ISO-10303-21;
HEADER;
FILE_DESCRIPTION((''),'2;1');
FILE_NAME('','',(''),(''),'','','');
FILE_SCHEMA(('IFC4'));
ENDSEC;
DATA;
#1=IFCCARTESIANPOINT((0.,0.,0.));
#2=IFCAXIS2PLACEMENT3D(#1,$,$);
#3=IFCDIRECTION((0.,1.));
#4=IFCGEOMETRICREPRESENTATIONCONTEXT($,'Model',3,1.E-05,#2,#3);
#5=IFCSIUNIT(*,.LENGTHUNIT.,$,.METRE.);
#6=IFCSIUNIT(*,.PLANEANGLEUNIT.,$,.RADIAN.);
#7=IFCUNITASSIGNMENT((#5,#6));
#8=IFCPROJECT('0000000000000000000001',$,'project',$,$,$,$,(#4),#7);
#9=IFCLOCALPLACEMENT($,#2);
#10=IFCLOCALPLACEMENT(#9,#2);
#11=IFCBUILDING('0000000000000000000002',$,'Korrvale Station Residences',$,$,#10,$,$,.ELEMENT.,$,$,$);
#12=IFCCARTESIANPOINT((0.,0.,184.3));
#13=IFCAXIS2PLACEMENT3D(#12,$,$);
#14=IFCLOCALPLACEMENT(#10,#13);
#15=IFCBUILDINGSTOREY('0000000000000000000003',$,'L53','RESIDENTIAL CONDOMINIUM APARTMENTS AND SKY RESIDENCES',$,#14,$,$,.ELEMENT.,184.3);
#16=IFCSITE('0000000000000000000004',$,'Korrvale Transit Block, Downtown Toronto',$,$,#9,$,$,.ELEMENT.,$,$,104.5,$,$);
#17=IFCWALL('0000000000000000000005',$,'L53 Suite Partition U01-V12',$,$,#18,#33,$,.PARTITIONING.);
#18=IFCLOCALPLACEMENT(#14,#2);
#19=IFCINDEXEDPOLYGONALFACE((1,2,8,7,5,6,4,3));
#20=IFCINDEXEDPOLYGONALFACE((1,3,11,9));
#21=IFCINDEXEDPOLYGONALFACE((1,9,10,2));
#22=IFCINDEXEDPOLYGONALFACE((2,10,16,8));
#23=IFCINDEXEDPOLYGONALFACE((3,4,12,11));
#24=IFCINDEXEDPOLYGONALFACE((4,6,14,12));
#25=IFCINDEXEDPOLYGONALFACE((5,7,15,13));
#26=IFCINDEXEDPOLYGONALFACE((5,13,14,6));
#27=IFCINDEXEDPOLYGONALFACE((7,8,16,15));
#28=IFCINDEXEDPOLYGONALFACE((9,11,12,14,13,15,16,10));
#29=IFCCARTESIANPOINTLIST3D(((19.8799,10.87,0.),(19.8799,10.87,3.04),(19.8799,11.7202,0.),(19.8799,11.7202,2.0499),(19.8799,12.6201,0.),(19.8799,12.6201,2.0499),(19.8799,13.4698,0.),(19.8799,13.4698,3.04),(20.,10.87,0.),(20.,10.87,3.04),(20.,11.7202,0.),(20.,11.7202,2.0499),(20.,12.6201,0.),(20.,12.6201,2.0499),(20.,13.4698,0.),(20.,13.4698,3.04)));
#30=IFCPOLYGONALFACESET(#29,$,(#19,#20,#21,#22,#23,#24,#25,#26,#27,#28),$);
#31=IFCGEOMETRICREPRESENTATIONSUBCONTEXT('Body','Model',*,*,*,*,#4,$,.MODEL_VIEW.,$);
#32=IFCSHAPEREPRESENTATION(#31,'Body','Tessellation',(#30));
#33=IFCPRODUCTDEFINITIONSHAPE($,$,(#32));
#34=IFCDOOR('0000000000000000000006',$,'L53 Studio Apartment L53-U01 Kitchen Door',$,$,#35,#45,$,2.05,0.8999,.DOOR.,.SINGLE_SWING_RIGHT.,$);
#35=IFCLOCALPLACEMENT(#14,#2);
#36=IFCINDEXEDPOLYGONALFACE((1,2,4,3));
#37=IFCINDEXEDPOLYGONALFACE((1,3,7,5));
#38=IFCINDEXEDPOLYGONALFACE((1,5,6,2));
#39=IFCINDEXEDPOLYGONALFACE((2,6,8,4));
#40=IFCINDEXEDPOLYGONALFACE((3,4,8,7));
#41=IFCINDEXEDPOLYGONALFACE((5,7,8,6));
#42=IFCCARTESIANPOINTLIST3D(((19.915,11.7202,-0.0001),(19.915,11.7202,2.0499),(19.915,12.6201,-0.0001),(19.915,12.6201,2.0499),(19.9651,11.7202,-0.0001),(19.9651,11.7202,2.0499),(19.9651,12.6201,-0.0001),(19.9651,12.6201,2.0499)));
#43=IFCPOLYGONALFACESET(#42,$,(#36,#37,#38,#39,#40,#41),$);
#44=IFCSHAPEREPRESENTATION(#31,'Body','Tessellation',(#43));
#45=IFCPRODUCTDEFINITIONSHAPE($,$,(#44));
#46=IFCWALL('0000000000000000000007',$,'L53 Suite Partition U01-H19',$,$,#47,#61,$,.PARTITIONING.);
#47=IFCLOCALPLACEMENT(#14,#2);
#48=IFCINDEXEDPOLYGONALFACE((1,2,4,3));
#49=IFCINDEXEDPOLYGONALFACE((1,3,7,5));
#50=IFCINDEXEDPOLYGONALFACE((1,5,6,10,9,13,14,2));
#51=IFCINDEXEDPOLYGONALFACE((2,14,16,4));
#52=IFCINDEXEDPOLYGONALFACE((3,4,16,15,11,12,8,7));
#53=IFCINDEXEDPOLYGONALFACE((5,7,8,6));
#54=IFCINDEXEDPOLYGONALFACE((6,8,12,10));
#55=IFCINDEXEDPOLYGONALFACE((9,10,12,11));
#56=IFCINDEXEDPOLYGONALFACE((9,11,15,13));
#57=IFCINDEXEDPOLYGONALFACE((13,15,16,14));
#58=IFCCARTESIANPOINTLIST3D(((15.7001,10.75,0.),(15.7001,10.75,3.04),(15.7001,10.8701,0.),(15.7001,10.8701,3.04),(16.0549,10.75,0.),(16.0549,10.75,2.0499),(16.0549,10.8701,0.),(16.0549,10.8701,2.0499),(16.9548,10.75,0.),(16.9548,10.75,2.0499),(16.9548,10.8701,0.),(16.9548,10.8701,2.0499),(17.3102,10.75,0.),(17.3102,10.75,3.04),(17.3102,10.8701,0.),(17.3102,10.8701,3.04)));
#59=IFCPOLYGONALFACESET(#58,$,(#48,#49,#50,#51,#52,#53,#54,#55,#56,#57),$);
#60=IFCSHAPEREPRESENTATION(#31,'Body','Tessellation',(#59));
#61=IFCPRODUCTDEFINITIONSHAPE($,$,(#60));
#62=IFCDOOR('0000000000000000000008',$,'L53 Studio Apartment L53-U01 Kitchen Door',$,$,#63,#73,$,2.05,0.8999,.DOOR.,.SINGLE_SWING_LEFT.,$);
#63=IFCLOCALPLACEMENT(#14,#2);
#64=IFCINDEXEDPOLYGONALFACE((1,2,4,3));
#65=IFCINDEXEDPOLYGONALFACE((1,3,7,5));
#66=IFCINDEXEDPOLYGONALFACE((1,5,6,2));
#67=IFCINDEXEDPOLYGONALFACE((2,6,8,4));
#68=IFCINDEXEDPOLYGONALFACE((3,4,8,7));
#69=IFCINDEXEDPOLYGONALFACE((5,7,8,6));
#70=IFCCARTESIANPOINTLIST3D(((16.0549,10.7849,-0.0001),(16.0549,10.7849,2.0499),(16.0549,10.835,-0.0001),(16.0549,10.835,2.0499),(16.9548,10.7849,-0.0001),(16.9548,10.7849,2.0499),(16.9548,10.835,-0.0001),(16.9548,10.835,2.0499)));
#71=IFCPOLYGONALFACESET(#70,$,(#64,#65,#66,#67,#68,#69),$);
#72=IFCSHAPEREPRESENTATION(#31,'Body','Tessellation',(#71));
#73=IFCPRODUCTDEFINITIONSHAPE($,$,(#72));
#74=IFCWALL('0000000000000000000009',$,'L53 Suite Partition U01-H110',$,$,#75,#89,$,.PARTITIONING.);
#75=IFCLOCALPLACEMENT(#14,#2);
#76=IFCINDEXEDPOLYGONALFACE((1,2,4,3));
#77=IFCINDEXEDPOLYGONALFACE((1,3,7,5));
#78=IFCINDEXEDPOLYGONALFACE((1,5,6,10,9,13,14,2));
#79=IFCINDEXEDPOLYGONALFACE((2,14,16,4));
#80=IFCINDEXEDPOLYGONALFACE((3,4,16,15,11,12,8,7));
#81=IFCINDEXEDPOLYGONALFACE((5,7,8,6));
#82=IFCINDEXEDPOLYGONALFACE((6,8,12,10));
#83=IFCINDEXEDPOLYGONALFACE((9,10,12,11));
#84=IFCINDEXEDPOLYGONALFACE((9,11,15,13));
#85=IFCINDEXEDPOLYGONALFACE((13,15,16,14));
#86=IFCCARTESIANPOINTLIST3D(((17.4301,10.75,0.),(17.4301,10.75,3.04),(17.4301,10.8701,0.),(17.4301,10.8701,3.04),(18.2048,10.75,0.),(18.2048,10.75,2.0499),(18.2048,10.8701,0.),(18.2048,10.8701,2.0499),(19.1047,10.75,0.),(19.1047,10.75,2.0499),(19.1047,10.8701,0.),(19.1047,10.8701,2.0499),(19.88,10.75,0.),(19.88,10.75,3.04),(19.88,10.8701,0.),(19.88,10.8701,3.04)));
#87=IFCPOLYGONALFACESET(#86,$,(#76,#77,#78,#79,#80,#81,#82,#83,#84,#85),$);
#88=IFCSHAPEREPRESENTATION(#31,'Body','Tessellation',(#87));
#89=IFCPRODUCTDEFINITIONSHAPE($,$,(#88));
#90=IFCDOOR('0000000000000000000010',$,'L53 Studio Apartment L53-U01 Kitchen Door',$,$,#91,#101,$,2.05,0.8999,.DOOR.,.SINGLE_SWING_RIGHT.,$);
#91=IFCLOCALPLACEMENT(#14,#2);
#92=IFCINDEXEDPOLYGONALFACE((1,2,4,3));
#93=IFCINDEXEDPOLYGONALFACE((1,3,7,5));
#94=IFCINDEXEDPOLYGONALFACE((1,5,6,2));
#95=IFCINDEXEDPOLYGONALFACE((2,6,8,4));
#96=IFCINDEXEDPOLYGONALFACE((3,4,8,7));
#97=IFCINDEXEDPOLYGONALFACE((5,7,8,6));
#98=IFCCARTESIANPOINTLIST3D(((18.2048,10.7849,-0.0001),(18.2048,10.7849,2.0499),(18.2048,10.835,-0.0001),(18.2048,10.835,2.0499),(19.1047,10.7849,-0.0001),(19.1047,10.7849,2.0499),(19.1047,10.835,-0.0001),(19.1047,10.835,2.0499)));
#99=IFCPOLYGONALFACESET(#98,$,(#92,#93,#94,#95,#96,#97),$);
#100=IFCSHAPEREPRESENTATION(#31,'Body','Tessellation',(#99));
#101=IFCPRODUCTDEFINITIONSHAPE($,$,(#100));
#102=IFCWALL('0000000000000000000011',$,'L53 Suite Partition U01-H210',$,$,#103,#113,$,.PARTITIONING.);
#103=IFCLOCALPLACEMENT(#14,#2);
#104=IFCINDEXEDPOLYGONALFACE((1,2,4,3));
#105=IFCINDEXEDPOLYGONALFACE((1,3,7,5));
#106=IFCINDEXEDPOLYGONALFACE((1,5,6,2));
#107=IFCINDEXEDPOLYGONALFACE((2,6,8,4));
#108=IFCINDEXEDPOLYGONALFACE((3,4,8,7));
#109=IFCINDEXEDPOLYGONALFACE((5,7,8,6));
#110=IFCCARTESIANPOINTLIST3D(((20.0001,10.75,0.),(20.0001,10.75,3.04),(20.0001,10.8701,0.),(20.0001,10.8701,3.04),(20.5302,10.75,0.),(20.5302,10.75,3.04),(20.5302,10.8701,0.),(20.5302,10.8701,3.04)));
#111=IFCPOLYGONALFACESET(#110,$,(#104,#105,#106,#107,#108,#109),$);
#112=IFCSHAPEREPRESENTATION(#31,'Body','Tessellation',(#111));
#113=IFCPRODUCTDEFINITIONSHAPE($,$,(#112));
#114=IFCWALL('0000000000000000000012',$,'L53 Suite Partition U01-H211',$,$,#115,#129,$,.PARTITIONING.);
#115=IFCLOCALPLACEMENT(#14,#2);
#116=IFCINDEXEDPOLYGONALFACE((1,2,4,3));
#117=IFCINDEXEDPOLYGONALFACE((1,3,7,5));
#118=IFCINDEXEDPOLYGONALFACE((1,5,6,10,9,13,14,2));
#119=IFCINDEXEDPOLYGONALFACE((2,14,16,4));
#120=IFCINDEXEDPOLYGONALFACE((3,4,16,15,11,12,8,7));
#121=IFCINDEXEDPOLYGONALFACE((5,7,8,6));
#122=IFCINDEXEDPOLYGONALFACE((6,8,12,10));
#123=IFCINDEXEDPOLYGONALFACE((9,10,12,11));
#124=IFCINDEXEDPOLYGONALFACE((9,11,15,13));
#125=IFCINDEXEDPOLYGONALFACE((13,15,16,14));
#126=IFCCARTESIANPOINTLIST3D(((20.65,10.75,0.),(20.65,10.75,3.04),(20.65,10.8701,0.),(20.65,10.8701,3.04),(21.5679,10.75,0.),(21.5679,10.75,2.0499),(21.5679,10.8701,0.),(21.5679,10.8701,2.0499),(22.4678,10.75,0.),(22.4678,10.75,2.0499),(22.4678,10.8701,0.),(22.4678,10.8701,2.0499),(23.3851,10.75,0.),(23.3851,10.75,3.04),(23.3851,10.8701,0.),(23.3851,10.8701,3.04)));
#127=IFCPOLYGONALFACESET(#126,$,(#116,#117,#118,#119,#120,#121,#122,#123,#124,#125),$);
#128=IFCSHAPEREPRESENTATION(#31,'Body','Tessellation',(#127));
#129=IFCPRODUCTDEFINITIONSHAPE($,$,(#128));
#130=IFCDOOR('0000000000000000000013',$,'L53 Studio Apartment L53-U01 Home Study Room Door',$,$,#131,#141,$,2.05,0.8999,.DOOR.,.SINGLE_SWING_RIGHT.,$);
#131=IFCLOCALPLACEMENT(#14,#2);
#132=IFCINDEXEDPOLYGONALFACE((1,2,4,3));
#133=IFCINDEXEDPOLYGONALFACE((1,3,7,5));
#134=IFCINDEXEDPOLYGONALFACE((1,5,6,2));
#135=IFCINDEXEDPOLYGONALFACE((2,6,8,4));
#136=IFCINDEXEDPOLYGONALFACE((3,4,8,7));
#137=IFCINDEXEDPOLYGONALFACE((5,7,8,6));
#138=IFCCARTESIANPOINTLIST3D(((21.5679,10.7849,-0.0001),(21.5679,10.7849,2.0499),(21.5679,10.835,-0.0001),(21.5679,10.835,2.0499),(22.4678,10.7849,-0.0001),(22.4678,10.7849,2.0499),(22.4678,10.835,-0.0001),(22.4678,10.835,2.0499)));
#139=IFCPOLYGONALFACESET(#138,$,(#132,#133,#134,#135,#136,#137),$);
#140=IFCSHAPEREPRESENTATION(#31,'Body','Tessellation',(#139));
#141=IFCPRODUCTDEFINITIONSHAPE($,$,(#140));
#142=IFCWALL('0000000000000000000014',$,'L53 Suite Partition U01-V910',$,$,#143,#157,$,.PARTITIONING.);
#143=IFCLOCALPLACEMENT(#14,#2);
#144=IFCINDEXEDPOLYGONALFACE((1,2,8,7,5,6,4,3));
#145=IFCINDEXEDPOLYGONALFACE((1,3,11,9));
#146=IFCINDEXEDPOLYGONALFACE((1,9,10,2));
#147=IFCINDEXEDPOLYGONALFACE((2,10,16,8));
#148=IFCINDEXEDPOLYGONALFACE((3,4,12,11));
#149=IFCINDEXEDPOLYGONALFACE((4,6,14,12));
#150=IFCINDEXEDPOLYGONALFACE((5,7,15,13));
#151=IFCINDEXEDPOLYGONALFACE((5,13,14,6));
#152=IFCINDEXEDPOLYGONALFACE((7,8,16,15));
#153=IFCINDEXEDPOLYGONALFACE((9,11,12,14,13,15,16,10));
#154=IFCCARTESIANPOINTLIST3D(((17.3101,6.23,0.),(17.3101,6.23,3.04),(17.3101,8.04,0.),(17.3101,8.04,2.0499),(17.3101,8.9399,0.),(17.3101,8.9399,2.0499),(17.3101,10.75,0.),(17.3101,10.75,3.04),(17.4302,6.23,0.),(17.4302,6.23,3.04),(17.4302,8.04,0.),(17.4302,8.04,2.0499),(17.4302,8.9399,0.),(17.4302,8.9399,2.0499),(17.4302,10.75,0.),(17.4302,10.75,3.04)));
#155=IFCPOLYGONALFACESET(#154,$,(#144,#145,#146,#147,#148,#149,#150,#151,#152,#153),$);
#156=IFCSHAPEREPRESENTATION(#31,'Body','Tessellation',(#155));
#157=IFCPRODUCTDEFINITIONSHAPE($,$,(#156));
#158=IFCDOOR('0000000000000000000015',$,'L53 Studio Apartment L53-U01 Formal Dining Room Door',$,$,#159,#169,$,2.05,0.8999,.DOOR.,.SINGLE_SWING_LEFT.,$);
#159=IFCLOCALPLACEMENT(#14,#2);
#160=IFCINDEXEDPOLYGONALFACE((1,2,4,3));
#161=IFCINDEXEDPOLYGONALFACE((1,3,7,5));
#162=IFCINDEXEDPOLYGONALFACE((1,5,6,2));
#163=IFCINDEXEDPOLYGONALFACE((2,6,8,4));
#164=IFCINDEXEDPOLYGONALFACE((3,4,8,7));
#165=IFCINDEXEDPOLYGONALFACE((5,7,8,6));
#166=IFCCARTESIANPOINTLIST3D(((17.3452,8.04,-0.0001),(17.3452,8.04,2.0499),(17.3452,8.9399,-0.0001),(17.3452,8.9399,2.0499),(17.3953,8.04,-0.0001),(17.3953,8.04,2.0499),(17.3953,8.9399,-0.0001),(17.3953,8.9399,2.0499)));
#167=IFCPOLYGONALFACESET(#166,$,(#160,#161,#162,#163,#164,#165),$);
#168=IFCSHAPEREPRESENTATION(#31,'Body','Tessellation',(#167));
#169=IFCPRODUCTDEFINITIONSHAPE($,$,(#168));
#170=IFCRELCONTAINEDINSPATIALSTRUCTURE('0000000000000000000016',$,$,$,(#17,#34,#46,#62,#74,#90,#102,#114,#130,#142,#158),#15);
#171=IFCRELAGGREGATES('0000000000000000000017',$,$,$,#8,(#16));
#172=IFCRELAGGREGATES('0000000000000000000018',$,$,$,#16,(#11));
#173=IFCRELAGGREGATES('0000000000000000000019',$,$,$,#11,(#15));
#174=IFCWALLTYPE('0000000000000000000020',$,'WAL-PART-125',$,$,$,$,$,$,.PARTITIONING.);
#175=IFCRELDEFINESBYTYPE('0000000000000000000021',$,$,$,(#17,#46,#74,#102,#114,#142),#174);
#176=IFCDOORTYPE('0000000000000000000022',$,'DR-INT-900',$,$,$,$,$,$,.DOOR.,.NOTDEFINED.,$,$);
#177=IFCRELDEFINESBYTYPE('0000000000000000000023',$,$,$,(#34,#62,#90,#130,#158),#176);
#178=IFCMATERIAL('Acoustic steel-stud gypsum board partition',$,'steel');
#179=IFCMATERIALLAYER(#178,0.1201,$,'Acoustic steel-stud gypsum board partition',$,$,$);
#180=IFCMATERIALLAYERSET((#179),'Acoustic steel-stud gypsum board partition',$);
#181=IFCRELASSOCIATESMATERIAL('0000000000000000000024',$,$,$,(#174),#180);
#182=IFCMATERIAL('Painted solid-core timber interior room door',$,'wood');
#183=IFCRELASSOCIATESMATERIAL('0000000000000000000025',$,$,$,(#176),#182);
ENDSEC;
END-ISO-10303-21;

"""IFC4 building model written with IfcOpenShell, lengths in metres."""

from ifc_helpers import new_model, si_unit, direction, frame, frame_2d, origin, place, context, subcontext, project, spatial, rectangle, extrude, material, layer, layer_set, type_object, element, fill, save


model = new_model("IFC4")

# Units and contexts
model_context = context("Model", 3, precision=1e-05, world=origin(), true_north=direction((0.0, 1.0)))
body_context = subcontext(model_context, "Body", "Model", "MODEL_VIEW")
ifc_project = project(units=[si_unit("LENGTHUNIT", "METRE"), si_unit("PLANEANGLEUNIT", "RADIAN")], contexts=[model_context])

# Site, building, storey
site_placement = place(None, origin())
site = spatial("IfcSite", under=ifc_project, at=site_placement, Name="Korrvale Transit Block, Downtown Toronto", CompositionType="ELEMENT", RefElevation=104.5)
building_placement = place(site_placement, origin())
building = spatial("IfcBuilding", under=site, at=building_placement, Name="Korrvale Station Residences", CompositionType="ELEMENT")
storey_placement = place(building_placement, frame((0.0, 0.0, 184.3)))
storey = spatial("IfcBuildingStorey", under=building, at=storey_placement, Name="L53", Description="RESIDENTIAL CONDOMINIUM APARTMENTS AND SKY RESIDENCES", CompositionType="ELEMENT", Elevation=184.3)

# Shared definitions
ifc_material_1 = material(Name="Acoustic steel-stud gypsum board partition", Category="steel")
ifc_layer_1 = layer(ifc_material_1, 0.1201, Name="Acoustic steel-stud gypsum board partition")
ifc_layer_set_1 = layer_set([ifc_layer_1], Name="Acoustic steel-stud gypsum board partition")
wall_type_1 = type_object("IfcWallType", Name="WAL-PART-125", PredefinedType="PARTITIONING", material=ifc_layer_set_1)

# Walls, openings, doors
wall_1_placement = place(storey_placement, frame((19.9399, 10.8701, 0.0), z_axis=(0.0, 0.0, 1.0), x_axis=(0.0, 1.0, 0.0)))
wall_1 = element("IfcWall", 1, at=wall_1_placement, inside=storey, type_object=wall_type_1, Name="L53 Suite Partition U01-V12", PredefinedType="PARTITIONING", context=body_context, shape_type="SweptSolid", body=[
    extrude(rectangle(XDim=2.5999, YDim=0.1201, at=frame_2d((1.2998, 0.0))), origin(), (0.0, 0.0, 1.0), 3.04),
])
opening_1_placement = place(wall_1_placement, frame((0.8501, 0.0, 0.0)))
opening_1 = element("IfcOpeningElement", 2, at=opening_1_placement, cuts=wall_1, PredefinedType="OPENING", context=body_context, shape_type="SweptSolid", body=[
    extrude(rectangle(XDim=0.8999, YDim=2.05, at=frame_2d((0.45, 1.0249))), frame((0.0, 0.0701, 0.0), z_axis=(0.0, -1.0, 0.0), x_axis=(1.0, 0.0, 0.0)), (0.0, 0.0, 1.0), 0.1401),
])
ifc_material_2 = material(Name="Painted solid-core timber interior room door", Category="wood")
door_type_1 = type_object("IfcDoorType", Name="DR-INT-900", OperationType="NOTDEFINED", PredefinedType="DOOR", material=ifc_material_2)
door_1_placement = place(opening_1_placement, origin())
door_1 = element("IfcDoor", 3, at=door_1_placement, inside=storey, type_object=door_type_1, Name="L53 Studio Apartment L53-U01 Kitchen Door", OperationType="SINGLE_SWING_RIGHT", OverallHeight=2.05, OverallWidth=0.8999, PredefinedType="DOOR", context=body_context, shape_type="SweptSolid", body=[
    extrude(rectangle(XDim=0.8999, YDim=2.05, at=frame_2d((0.45, 1.0249))), frame((0.0, 0.0249, 0.0), z_axis=(0.0, -1.0, 0.0), x_axis=(1.0, 0.0, 0.0)), (0.0, 0.0, 1.0), 0.05),
])
fill(opening_1, door_1)
wall_2_placement = place(storey_placement, frame((15.7, 10.8101, 0.0), z_axis=(0.0, 0.0, 1.0), x_axis=(1.0, 0.0, 0.0)))
wall_2 = element("IfcWall", 4, at=wall_2_placement, inside=storey, type_object=wall_type_1, Name="L53 Suite Partition U01-H19", PredefinedType="PARTITIONING", context=body_context, shape_type="SweptSolid", body=[
    extrude(rectangle(XDim=1.6101, YDim=0.1201, at=frame_2d((0.8052, 0.0))), origin(), (0.0, 0.0, 1.0), 3.04),
])
opening_2_placement = place(wall_2_placement, frame((0.355, 0.0, 0.0)))
opening_2 = element("IfcOpeningElement", 5, at=opening_2_placement, cuts=wall_2, PredefinedType="OPENING", context=body_context, shape_type="SweptSolid", body=[
    extrude(rectangle(XDim=0.8999, YDim=2.05, at=frame_2d((0.45, 1.0249))), frame((0.0, 0.0701, 0.0), z_axis=(0.0, -1.0, 0.0), x_axis=(1.0, 0.0, 0.0)), (0.0, 0.0, 1.0), 0.1401),
])
door_2_placement = place(opening_2_placement, origin())
door_2 = element("IfcDoor", 6, at=door_2_placement, inside=storey, type_object=door_type_1, Name="L53 Studio Apartment L53-U01 Kitchen Door", OperationType="SINGLE_SWING_LEFT", OverallHeight=2.05, OverallWidth=0.8999, PredefinedType="DOOR", context=body_context, shape_type="SweptSolid", body=[
    extrude(rectangle(XDim=0.8999, YDim=2.05, at=frame_2d((0.45, 1.0249))), frame((0.0, 0.0249, 0.0), z_axis=(0.0, -1.0, 0.0), x_axis=(1.0, 0.0, 0.0)), (0.0, 0.0, 1.0), 0.05),
])
fill(opening_2, door_2)
wall_3_placement = place(storey_placement, frame((17.4299, 10.8101, 0.0), z_axis=(0.0, 0.0, 1.0), x_axis=(1.0, 0.0, 0.0)))
wall_3 = element("IfcWall", 7, at=wall_3_placement, inside=storey, type_object=wall_type_1, Name="L53 Suite Partition U01-H110", PredefinedType="PARTITIONING", context=body_context, shape_type="SweptSolid", body=[
    extrude(rectangle(XDim=2.45, YDim=0.1201, at=frame_2d((1.2251, 0.0))), origin(), (0.0, 0.0, 1.0), 3.04),
])
opening_3_placement = place(wall_3_placement, frame((0.7749, 0.0, 0.0)))
opening_3 = element("IfcOpeningElement", 8, at=opening_3_placement, cuts=wall_3, PredefinedType="OPENING", context=body_context, shape_type="SweptSolid", body=[
    extrude(rectangle(XDim=0.8999, YDim=2.05, at=frame_2d((0.45, 1.0249))), frame((0.0, 0.0701, 0.0), z_axis=(0.0, -1.0, 0.0), x_axis=(1.0, 0.0, 0.0)), (0.0, 0.0, 1.0), 0.1401),
])
door_3_placement = place(opening_3_placement, origin())
door_3 = element("IfcDoor", 9, at=door_3_placement, inside=storey, type_object=door_type_1, Name="L53 Studio Apartment L53-U01 Kitchen Door", OperationType="SINGLE_SWING_RIGHT", OverallHeight=2.05, OverallWidth=0.8999, PredefinedType="DOOR", context=body_context, shape_type="SweptSolid", body=[
    extrude(rectangle(XDim=0.8999, YDim=2.05, at=frame_2d((0.45, 1.0249))), frame((0.0, 0.0249, 0.0), z_axis=(0.0, -1.0, 0.0), x_axis=(1.0, 0.0, 0.0)), (0.0, 0.0, 1.0), 0.05),
])
fill(opening_3, door_3)

# Wall
wall_4_placement = place(storey_placement, frame((20.0, 10.8101, 0.0), z_axis=(0.0, 0.0, 1.0), x_axis=(1.0, 0.0, 0.0)))
element("IfcWall", 10, at=wall_4_placement, inside=storey, type_object=wall_type_1, Name="L53 Suite Partition U01-H210", PredefinedType="PARTITIONING", context=body_context, shape_type="SweptSolid", body=[
    extrude(rectangle(XDim=0.53, YDim=0.1201, at=frame_2d((0.2651, 0.0))), origin(), (0.0, 0.0, 1.0), 3.04),
])

# Walls, openings, doors
wall_5_placement = place(storey_placement, frame((20.6499, 10.8101, 0.0), z_axis=(0.0, 0.0, 1.0), x_axis=(1.0, 0.0, 0.0)))
wall_5 = element("IfcWall", 11, at=wall_5_placement, inside=storey, type_object=wall_type_1, Name="L53 Suite Partition U01-H211", PredefinedType="PARTITIONING", context=body_context, shape_type="SweptSolid", body=[
    extrude(rectangle(XDim=2.7351, YDim=0.1201, at=frame_2d((1.3677, 0.0))), origin(), (0.0, 0.0, 1.0), 3.04),
])
opening_4_placement = place(wall_5_placement, frame((0.918, 0.0, 0.0)))
opening_4 = element("IfcOpeningElement", 12, at=opening_4_placement, cuts=wall_5, PredefinedType="OPENING", context=body_context, shape_type="SweptSolid", body=[
    extrude(rectangle(XDim=0.8999, YDim=2.05, at=frame_2d((0.45, 1.0249))), frame((0.0, 0.0701, 0.0), z_axis=(0.0, -1.0, 0.0), x_axis=(1.0, 0.0, 0.0)), (0.0, 0.0, 1.0), 0.1401),
])
door_4_placement = place(opening_4_placement, origin())
door_4 = element("IfcDoor", 13, at=door_4_placement, inside=storey, type_object=door_type_1, Name="L53 Studio Apartment L53-U01 Home Study Room Door", OperationType="SINGLE_SWING_RIGHT", OverallHeight=2.05, OverallWidth=0.8999, PredefinedType="DOOR", context=body_context, shape_type="SweptSolid", body=[
    extrude(rectangle(XDim=0.8999, YDim=2.05, at=frame_2d((0.45, 1.0249))), frame((0.0, 0.0249, 0.0), z_axis=(0.0, -1.0, 0.0), x_axis=(1.0, 0.0, 0.0)), (0.0, 0.0, 1.0), 0.05),
])
fill(opening_4, door_4)
wall_6_placement = place(storey_placement, frame((17.3701, 6.23, 0.0), z_axis=(0.0, 0.0, 1.0), x_axis=(0.0, 1.0, 0.0)))
wall_6 = element("IfcWall", 14, at=wall_6_placement, inside=storey, type_object=wall_type_1, Name="L53 Suite Partition U01-V910", PredefinedType="PARTITIONING", context=body_context, shape_type="SweptSolid", body=[
    extrude(rectangle(XDim=4.52, YDim=0.1201, at=frame_2d((2.26, 0.0))), origin(), (0.0, 0.0, 1.0), 3.04),
])
opening_5_placement = place(wall_6_placement, frame((1.8101, 0.0, 0.0)))
opening_5 = element("IfcOpeningElement", 15, at=opening_5_placement, cuts=wall_6, PredefinedType="OPENING", context=body_context, shape_type="SweptSolid", body=[
    extrude(rectangle(XDim=0.8999, YDim=2.05, at=frame_2d((0.45, 1.0249))), frame((0.0, 0.0701, 0.0), z_axis=(0.0, -1.0, 0.0), x_axis=(1.0, 0.0, 0.0)), (0.0, 0.0, 1.0), 0.1401),
])
door_5_placement = place(opening_5_placement, origin())
door_5 = element("IfcDoor", 16, at=door_5_placement, inside=storey, type_object=door_type_1, Name="L53 Studio Apartment L53-U01 Formal Dining Room Door", OperationType="SINGLE_SWING_LEFT", OverallHeight=2.05, OverallWidth=0.8999, PredefinedType="DOOR", context=body_context, shape_type="SweptSolid", body=[
    extrude(rectangle(XDim=0.8999, YDim=2.05, at=frame_2d((0.45, 1.0249))), frame((0.0, 0.0249, 0.0), z_axis=(0.0, -1.0, 0.0), x_axis=(1.0, 0.0, 0.0)), (0.0, 0.0, 1.0), 0.05),
])
fill(opening_5, door_5)

save(model, "model.ifc")
